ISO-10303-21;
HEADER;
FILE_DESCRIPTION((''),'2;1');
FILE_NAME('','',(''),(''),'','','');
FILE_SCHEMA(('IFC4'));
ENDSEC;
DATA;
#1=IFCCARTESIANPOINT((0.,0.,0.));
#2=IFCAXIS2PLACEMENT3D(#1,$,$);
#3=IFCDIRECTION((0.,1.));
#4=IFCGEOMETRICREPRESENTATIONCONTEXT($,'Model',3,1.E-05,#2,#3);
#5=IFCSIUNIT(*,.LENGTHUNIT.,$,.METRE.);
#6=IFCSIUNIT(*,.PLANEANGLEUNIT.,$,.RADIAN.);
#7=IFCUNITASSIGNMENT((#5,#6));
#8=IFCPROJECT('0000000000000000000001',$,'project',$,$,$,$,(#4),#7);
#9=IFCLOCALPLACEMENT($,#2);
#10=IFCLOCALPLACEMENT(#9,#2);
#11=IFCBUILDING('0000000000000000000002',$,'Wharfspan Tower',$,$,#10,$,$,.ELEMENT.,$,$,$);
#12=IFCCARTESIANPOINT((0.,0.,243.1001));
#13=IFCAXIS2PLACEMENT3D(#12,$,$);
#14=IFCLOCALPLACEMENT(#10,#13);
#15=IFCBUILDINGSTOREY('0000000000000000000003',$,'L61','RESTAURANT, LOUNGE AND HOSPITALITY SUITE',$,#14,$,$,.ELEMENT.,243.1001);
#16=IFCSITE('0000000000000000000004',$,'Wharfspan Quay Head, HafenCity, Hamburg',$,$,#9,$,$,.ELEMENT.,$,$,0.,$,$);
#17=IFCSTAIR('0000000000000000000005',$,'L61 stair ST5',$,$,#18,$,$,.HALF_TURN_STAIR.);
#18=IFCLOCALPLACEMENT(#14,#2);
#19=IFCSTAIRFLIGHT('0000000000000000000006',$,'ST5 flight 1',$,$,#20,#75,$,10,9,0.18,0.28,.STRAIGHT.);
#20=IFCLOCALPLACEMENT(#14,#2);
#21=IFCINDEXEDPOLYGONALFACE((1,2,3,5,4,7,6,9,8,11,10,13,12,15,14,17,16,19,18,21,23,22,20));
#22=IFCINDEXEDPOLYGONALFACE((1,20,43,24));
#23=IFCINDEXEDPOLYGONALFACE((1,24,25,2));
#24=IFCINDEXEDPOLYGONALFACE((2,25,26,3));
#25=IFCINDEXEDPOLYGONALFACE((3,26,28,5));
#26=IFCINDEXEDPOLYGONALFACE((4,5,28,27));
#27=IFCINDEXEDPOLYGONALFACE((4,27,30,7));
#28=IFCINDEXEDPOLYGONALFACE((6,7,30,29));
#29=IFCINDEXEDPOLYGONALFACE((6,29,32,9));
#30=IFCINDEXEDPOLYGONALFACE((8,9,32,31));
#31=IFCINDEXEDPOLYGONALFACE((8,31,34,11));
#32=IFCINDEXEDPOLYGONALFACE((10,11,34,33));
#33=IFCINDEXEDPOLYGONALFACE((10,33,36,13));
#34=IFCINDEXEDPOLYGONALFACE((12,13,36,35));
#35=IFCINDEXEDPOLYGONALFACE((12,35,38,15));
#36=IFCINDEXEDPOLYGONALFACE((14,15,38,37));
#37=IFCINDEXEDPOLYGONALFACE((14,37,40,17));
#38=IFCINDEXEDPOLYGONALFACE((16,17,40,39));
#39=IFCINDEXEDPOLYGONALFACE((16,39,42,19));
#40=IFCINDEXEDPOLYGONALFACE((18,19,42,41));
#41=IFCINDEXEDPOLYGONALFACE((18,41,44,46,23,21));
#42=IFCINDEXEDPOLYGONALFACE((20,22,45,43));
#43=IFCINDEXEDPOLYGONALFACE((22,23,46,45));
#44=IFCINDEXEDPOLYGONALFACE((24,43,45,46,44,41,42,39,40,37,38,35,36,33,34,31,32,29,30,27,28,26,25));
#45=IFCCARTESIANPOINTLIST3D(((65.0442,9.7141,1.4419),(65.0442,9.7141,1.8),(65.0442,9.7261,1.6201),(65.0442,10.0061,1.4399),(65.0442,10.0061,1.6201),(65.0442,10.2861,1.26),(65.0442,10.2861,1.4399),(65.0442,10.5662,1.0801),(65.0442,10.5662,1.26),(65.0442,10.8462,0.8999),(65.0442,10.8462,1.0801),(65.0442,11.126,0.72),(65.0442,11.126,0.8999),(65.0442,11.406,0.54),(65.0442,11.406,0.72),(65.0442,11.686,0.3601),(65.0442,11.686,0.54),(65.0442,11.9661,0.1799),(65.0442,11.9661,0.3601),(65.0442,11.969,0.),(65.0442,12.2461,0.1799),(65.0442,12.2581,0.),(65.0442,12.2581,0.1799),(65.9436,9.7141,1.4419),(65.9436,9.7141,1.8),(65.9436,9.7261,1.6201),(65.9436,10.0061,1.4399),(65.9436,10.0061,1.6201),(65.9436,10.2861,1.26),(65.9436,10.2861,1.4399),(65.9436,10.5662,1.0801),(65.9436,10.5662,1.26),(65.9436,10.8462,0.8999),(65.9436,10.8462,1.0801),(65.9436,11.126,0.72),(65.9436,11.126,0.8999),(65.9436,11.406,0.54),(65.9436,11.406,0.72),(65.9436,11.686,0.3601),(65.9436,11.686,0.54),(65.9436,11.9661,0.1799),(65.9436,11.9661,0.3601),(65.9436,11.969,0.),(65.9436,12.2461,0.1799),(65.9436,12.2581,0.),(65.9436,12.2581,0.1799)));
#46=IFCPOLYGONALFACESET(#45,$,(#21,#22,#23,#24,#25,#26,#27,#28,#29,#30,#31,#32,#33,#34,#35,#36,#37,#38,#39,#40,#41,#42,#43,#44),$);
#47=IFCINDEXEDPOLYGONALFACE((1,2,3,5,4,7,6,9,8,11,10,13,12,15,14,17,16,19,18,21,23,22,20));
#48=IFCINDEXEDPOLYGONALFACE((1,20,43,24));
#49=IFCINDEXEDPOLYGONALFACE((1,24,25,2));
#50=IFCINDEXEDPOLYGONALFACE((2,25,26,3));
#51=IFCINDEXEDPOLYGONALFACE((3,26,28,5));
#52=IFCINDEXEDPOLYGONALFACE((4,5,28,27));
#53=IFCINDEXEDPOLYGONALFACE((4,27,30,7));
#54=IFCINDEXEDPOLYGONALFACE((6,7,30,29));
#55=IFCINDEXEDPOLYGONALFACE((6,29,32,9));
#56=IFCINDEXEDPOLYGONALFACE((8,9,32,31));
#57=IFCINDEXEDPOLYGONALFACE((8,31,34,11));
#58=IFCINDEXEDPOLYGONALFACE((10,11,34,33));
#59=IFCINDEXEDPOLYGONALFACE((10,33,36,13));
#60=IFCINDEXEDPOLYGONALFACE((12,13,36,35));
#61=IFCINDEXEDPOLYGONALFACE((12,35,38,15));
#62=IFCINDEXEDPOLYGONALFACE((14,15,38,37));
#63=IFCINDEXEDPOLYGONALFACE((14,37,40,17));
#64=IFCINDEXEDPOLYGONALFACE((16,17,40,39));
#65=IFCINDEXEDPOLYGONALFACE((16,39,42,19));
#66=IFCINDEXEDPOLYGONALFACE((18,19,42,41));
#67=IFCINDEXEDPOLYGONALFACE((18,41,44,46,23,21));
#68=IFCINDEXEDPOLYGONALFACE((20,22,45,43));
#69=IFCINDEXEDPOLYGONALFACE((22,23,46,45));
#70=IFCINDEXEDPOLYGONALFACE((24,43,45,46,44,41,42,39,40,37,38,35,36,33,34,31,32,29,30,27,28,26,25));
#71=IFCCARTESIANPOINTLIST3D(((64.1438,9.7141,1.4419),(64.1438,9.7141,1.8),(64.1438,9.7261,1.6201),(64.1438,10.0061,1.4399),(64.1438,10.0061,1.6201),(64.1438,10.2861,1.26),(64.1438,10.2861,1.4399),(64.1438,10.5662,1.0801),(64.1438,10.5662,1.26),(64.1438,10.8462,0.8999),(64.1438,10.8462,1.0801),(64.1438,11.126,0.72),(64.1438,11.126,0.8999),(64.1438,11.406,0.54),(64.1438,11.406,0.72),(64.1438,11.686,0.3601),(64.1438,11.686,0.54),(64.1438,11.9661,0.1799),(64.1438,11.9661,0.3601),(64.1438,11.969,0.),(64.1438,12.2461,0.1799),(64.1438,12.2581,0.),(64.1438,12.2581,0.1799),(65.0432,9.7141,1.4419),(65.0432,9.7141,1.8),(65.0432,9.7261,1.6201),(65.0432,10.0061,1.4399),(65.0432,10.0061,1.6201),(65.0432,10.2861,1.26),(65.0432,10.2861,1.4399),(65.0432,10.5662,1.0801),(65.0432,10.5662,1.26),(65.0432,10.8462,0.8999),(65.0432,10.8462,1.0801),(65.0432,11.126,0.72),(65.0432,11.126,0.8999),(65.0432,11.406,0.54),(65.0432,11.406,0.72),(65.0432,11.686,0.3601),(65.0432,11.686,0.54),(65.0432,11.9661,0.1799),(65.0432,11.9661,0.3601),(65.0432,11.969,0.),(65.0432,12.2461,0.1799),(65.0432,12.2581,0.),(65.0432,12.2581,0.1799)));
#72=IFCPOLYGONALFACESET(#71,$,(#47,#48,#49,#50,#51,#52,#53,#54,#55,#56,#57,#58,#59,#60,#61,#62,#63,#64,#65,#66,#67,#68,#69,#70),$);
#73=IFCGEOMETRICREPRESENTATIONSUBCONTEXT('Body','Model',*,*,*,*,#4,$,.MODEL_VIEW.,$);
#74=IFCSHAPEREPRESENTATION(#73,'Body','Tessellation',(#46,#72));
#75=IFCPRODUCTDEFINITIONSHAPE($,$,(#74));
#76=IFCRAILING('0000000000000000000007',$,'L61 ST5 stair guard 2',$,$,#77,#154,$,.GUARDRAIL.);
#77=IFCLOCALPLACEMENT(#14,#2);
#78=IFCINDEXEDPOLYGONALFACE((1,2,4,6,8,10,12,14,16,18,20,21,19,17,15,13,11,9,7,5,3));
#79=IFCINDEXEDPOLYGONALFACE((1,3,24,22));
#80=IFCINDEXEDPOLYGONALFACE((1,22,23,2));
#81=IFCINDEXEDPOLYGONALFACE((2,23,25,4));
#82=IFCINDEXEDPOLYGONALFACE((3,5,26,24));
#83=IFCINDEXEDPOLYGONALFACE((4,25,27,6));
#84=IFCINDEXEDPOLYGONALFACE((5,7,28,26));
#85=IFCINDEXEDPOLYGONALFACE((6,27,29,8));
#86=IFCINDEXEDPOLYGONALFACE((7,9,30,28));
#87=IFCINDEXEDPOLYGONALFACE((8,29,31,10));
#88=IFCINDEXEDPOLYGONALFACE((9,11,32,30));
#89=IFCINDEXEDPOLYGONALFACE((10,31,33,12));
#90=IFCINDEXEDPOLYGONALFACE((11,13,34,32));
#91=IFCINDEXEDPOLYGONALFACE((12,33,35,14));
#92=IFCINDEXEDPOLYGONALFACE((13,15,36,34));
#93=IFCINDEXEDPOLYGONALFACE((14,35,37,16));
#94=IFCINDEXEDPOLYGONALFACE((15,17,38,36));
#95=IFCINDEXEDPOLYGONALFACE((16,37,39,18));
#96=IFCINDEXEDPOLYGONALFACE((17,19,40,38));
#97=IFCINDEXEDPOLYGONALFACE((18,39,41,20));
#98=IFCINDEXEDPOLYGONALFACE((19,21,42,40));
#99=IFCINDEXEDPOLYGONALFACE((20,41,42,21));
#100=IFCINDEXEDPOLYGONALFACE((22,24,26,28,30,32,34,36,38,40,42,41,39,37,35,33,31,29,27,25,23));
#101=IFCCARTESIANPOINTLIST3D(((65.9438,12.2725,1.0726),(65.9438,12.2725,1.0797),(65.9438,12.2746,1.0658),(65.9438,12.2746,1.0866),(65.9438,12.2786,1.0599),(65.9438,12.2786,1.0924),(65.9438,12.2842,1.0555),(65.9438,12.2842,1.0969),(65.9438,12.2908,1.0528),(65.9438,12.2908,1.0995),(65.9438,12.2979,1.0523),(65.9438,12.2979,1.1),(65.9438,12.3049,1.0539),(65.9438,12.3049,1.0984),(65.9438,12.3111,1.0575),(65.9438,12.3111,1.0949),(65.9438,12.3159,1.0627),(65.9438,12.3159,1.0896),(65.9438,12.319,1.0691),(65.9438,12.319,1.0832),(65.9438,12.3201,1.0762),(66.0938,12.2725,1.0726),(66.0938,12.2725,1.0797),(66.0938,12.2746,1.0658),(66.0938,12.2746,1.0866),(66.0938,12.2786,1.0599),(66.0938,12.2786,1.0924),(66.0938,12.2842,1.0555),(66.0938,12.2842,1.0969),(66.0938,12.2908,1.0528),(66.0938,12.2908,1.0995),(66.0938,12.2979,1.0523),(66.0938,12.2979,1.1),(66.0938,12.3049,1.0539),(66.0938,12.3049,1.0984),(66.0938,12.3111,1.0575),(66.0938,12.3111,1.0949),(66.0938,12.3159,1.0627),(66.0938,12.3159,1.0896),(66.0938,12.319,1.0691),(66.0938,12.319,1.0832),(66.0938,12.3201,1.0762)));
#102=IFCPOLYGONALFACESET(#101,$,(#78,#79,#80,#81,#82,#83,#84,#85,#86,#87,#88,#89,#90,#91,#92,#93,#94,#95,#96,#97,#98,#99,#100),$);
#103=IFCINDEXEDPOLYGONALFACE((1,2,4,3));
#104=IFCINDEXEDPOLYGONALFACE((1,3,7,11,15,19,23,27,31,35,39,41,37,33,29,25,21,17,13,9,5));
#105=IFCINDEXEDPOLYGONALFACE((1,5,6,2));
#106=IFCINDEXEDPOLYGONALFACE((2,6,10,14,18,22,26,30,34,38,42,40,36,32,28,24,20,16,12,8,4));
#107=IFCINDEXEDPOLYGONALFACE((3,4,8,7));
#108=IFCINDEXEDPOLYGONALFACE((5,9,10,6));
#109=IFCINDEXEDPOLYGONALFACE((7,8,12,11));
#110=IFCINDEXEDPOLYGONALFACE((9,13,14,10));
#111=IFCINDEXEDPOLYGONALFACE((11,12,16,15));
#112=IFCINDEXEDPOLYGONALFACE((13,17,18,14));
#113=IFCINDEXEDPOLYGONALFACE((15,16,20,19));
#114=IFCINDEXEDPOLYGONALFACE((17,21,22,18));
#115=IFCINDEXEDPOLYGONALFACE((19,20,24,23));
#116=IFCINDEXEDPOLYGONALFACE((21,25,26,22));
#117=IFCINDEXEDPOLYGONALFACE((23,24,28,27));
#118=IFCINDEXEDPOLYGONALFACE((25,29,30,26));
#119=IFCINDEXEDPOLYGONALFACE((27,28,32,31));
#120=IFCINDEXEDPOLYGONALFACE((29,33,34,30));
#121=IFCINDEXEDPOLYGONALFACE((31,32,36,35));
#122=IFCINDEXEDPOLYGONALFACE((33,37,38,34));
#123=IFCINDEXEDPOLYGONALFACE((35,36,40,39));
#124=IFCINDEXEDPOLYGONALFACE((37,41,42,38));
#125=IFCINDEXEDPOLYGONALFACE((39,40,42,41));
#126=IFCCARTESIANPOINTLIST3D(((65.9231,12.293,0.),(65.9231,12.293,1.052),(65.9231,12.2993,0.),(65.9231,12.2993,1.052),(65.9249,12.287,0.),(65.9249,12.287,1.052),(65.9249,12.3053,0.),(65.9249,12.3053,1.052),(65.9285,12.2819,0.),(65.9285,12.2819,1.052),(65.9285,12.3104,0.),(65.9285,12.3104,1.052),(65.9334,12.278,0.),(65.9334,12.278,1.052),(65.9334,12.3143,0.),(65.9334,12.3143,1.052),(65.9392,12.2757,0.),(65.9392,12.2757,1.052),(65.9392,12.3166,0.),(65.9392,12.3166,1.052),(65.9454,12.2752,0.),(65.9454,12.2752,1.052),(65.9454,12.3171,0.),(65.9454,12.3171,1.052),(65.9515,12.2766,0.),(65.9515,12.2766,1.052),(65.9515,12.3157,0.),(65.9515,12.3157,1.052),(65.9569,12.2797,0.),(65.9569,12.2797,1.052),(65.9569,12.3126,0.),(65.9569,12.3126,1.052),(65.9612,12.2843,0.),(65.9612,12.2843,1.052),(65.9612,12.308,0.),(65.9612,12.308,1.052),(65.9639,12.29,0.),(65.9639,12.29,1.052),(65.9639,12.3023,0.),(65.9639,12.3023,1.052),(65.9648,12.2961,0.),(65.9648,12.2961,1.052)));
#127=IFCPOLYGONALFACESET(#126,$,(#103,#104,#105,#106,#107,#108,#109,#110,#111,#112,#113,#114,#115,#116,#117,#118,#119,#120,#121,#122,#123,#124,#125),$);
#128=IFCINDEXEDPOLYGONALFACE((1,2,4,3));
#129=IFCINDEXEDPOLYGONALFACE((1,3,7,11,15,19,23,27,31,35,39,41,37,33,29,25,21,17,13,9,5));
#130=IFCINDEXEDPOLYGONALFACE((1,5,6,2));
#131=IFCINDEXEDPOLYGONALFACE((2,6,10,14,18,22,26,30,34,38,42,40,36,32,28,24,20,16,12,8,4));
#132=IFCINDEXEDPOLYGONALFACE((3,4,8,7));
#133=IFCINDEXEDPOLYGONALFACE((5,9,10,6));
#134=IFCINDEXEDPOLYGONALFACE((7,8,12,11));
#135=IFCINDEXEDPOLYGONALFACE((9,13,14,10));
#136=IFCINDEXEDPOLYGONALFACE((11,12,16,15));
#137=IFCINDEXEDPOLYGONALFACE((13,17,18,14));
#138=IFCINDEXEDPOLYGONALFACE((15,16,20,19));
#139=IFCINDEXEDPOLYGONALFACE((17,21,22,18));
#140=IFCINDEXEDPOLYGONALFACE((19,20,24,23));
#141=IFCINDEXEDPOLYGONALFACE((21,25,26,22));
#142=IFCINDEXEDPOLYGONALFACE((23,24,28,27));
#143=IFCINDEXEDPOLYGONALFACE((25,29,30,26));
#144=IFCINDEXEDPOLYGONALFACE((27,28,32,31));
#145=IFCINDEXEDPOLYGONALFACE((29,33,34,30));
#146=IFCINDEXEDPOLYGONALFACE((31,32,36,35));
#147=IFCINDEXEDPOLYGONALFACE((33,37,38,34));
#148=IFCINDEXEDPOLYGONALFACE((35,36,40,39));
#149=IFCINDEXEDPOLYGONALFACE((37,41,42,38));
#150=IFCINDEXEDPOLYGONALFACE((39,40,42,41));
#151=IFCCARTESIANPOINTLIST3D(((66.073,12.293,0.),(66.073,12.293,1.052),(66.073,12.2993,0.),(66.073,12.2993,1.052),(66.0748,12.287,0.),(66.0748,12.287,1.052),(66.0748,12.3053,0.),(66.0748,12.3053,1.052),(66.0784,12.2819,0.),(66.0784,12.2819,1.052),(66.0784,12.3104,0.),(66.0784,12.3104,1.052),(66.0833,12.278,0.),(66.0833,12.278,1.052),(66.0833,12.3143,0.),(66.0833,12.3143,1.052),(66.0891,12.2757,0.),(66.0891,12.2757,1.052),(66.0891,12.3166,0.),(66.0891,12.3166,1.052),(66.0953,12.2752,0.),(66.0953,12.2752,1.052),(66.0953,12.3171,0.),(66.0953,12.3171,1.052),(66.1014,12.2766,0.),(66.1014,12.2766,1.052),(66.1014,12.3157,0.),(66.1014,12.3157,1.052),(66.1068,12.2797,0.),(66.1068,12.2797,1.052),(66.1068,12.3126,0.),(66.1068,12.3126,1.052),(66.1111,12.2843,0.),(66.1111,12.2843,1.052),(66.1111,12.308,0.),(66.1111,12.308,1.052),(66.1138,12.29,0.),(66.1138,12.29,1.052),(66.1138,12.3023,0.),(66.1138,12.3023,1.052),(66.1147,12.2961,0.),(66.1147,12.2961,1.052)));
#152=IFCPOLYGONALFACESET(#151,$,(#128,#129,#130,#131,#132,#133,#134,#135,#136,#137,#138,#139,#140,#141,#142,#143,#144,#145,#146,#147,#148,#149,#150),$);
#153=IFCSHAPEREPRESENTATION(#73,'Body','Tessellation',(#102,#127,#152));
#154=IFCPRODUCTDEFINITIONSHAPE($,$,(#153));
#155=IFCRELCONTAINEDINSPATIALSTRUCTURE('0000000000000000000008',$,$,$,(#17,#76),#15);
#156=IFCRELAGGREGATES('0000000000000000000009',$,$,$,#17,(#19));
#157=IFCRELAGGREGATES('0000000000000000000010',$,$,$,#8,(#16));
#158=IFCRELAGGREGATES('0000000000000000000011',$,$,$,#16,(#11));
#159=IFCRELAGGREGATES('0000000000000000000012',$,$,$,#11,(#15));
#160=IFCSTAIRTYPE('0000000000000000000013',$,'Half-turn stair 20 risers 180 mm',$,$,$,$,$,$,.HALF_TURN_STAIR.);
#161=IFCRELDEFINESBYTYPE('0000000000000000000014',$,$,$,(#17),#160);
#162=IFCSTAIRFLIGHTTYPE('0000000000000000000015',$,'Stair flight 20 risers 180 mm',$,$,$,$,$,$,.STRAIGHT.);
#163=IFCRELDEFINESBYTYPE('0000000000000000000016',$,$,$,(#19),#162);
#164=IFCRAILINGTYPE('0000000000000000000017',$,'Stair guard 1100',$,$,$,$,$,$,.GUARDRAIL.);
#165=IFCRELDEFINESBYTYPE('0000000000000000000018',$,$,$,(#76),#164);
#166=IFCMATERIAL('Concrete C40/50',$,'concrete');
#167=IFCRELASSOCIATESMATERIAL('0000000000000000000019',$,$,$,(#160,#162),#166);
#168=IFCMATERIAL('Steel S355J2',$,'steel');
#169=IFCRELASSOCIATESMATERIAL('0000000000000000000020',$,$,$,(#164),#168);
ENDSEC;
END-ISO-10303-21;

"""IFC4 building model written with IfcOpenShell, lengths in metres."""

from ifc_helpers import new_model, si_unit, direction, frame, origin, origin_2d, place, context, subcontext, project, spatial, polyline, circle, outline, extrude, material, type_object, element, aggregate, save


model = new_model("IFC4")

# Units and contexts
model_context = context("Model", 3, precision=1e-05, world=origin(), true_north=direction((0.0, 1.0)))
body_context = subcontext(model_context, "Body", "Model", "MODEL_VIEW")
ifc_project = project(units=[si_unit("LENGTHUNIT", "METRE"), si_unit("PLANEANGLEUNIT", "RADIAN")], contexts=[model_context])

# Site, building, storey
site_placement = place(None, origin())
site = spatial("IfcSite", under=ifc_project, at=site_placement, Name="Wharfspan Quay Head, HafenCity, Hamburg", CompositionType="ELEMENT", RefElevation=0.0)
building_placement = place(site_placement, origin())
building = spatial("IfcBuilding", under=site, at=building_placement, Name="Wharfspan Tower", CompositionType="ELEMENT")
storey_placement = place(building_placement, frame((0.0, 0.0, 243.1001)))
storey = spatial("IfcBuildingStorey", under=building, at=storey_placement, Name="L61", Description="RESTAURANT, LOUNGE AND HOSPITALITY SUITE", CompositionType="ELEMENT", Elevation=243.1001)

# Shared definitions
ifc_material_1 = material(Name="Steel S355J2", Category="steel")

# Shared definitions
ifc_material_2 = material(Name="Concrete C40/50", Category="concrete")

# Stair, stair flight
stair_type = type_object("IfcStairType", Name="Half-turn stair 20 risers 180 mm", PredefinedType="HALF_TURN_STAIR", material=ifc_material_2)
stair_placement = place(storey_placement, origin())
stair = element("IfcStair", 1, at=stair_placement, inside=storey, type_object=stair_type, Name="L61 stair ST5", PredefinedType="HALF_TURN_STAIR")
stair_flight_type = type_object("IfcStairFlightType", Name="Stair flight 20 risers 180 mm", PredefinedType="STRAIGHT", material=ifc_material_2)
stair_flight_placement = place(storey_placement, frame((65.0437, 12.2461, 0.0), z_axis=(0.0, 0.0, 1.0), x_axis=(0.0, -1.0, 0.0)))
stair_flight = element("IfcStairFlight", 2, at=stair_flight_placement, type_object=stair_flight_type, Name="ST5 flight 1", NumberOfRisers=10, NumberOfTreads=9, PredefinedType="STRAIGHT", RiserHeight=0.18, TreadLength=0.28, context=body_context, shape_type="SweptSolid", body=[
    extrude(outline(polyline([(-0.012, 0.0), (-0.012, 0.1799), (0.0, 0.1799), (0.28, 0.1799), (0.28, 0.3601), (0.5601, 0.3601), (0.5601, 0.54), (0.8401, 0.54), (0.8401, 0.72), (1.1201, 0.72), (1.1201, 0.8999), (1.3999, 0.8999), (1.3999, 1.0801), (1.6799, 1.0801), (1.6799, 1.26), (1.96, 1.26), (1.96, 1.4399), (2.24, 1.4399), (2.24, 1.6201), (2.52, 1.6201), (2.532, 1.8), (2.532, 1.4419), (0.2771, 0.0), (-0.012, 0.0)])), frame((0.0, 0.8999, 0.0), z_axis=(0.0, -1.0, 0.0), x_axis=(1.0, 0.0, 0.0)), (0.0, 0.0, 1.0), 0.8994),
    extrude(outline(polyline([(-0.012, 0.0), (-0.012, 0.1799), (0.0, 0.1799), (0.28, 0.1799), (0.28, 0.3601), (0.5601, 0.3601), (0.5601, 0.54), (0.8401, 0.54), (0.8401, 0.72), (1.1201, 0.72), (1.1201, 0.8999), (1.3999, 0.8999), (1.3999, 1.0801), (1.6799, 1.0801), (1.6799, 1.26), (1.96, 1.26), (1.96, 1.4399), (2.24, 1.4399), (2.24, 1.6201), (2.52, 1.6201), (2.532, 1.8), (2.532, 1.4419), (0.2771, 0.0), (-0.012, 0.0)])), frame((0.0, -0.0005, 0.0), z_axis=(0.0, -1.0, 0.0), x_axis=(1.0, 0.0, 0.0)), (0.0, 0.0, 1.0), 0.8994),
])
aggregate(stair, [stair_flight])

# Railing
railing_type_1 = type_object("IfcRailingType", Name="Stair guard 1100", PredefinedType="GUARDRAIL", material=ifc_material_1)
railing_1_placement = place(storey_placement, frame((65.9438, 12.2961, 0.0)))
element("IfcRailing", 3, at=railing_1_placement, inside=storey, type_object=railing_type_1, Name="L61 ST5 stair guard 2", PredefinedType="GUARDRAIL", context=body_context, shape_type="SweptSolid", body=[
    extrude(circle(Radius=0.0239, at=origin_2d()), frame((0.0, 0.0, 1.0762), z_axis=(1.0, 0.0, 0.0), x_axis=(0.0, 1.0, 0.0)), (0.0, 0.0, 1.0), 0.1499),
    extrude(circle(Radius=0.021, at=origin_2d()), origin(), (0.0, 0.0, 1.0), 1.052),
    extrude(circle(Radius=0.021, at=origin_2d()), frame((0.1499, 0.0, 0.0)), (0.0, 0.0, 1.0), 1.052),
])

save(model, "model.ifc")
